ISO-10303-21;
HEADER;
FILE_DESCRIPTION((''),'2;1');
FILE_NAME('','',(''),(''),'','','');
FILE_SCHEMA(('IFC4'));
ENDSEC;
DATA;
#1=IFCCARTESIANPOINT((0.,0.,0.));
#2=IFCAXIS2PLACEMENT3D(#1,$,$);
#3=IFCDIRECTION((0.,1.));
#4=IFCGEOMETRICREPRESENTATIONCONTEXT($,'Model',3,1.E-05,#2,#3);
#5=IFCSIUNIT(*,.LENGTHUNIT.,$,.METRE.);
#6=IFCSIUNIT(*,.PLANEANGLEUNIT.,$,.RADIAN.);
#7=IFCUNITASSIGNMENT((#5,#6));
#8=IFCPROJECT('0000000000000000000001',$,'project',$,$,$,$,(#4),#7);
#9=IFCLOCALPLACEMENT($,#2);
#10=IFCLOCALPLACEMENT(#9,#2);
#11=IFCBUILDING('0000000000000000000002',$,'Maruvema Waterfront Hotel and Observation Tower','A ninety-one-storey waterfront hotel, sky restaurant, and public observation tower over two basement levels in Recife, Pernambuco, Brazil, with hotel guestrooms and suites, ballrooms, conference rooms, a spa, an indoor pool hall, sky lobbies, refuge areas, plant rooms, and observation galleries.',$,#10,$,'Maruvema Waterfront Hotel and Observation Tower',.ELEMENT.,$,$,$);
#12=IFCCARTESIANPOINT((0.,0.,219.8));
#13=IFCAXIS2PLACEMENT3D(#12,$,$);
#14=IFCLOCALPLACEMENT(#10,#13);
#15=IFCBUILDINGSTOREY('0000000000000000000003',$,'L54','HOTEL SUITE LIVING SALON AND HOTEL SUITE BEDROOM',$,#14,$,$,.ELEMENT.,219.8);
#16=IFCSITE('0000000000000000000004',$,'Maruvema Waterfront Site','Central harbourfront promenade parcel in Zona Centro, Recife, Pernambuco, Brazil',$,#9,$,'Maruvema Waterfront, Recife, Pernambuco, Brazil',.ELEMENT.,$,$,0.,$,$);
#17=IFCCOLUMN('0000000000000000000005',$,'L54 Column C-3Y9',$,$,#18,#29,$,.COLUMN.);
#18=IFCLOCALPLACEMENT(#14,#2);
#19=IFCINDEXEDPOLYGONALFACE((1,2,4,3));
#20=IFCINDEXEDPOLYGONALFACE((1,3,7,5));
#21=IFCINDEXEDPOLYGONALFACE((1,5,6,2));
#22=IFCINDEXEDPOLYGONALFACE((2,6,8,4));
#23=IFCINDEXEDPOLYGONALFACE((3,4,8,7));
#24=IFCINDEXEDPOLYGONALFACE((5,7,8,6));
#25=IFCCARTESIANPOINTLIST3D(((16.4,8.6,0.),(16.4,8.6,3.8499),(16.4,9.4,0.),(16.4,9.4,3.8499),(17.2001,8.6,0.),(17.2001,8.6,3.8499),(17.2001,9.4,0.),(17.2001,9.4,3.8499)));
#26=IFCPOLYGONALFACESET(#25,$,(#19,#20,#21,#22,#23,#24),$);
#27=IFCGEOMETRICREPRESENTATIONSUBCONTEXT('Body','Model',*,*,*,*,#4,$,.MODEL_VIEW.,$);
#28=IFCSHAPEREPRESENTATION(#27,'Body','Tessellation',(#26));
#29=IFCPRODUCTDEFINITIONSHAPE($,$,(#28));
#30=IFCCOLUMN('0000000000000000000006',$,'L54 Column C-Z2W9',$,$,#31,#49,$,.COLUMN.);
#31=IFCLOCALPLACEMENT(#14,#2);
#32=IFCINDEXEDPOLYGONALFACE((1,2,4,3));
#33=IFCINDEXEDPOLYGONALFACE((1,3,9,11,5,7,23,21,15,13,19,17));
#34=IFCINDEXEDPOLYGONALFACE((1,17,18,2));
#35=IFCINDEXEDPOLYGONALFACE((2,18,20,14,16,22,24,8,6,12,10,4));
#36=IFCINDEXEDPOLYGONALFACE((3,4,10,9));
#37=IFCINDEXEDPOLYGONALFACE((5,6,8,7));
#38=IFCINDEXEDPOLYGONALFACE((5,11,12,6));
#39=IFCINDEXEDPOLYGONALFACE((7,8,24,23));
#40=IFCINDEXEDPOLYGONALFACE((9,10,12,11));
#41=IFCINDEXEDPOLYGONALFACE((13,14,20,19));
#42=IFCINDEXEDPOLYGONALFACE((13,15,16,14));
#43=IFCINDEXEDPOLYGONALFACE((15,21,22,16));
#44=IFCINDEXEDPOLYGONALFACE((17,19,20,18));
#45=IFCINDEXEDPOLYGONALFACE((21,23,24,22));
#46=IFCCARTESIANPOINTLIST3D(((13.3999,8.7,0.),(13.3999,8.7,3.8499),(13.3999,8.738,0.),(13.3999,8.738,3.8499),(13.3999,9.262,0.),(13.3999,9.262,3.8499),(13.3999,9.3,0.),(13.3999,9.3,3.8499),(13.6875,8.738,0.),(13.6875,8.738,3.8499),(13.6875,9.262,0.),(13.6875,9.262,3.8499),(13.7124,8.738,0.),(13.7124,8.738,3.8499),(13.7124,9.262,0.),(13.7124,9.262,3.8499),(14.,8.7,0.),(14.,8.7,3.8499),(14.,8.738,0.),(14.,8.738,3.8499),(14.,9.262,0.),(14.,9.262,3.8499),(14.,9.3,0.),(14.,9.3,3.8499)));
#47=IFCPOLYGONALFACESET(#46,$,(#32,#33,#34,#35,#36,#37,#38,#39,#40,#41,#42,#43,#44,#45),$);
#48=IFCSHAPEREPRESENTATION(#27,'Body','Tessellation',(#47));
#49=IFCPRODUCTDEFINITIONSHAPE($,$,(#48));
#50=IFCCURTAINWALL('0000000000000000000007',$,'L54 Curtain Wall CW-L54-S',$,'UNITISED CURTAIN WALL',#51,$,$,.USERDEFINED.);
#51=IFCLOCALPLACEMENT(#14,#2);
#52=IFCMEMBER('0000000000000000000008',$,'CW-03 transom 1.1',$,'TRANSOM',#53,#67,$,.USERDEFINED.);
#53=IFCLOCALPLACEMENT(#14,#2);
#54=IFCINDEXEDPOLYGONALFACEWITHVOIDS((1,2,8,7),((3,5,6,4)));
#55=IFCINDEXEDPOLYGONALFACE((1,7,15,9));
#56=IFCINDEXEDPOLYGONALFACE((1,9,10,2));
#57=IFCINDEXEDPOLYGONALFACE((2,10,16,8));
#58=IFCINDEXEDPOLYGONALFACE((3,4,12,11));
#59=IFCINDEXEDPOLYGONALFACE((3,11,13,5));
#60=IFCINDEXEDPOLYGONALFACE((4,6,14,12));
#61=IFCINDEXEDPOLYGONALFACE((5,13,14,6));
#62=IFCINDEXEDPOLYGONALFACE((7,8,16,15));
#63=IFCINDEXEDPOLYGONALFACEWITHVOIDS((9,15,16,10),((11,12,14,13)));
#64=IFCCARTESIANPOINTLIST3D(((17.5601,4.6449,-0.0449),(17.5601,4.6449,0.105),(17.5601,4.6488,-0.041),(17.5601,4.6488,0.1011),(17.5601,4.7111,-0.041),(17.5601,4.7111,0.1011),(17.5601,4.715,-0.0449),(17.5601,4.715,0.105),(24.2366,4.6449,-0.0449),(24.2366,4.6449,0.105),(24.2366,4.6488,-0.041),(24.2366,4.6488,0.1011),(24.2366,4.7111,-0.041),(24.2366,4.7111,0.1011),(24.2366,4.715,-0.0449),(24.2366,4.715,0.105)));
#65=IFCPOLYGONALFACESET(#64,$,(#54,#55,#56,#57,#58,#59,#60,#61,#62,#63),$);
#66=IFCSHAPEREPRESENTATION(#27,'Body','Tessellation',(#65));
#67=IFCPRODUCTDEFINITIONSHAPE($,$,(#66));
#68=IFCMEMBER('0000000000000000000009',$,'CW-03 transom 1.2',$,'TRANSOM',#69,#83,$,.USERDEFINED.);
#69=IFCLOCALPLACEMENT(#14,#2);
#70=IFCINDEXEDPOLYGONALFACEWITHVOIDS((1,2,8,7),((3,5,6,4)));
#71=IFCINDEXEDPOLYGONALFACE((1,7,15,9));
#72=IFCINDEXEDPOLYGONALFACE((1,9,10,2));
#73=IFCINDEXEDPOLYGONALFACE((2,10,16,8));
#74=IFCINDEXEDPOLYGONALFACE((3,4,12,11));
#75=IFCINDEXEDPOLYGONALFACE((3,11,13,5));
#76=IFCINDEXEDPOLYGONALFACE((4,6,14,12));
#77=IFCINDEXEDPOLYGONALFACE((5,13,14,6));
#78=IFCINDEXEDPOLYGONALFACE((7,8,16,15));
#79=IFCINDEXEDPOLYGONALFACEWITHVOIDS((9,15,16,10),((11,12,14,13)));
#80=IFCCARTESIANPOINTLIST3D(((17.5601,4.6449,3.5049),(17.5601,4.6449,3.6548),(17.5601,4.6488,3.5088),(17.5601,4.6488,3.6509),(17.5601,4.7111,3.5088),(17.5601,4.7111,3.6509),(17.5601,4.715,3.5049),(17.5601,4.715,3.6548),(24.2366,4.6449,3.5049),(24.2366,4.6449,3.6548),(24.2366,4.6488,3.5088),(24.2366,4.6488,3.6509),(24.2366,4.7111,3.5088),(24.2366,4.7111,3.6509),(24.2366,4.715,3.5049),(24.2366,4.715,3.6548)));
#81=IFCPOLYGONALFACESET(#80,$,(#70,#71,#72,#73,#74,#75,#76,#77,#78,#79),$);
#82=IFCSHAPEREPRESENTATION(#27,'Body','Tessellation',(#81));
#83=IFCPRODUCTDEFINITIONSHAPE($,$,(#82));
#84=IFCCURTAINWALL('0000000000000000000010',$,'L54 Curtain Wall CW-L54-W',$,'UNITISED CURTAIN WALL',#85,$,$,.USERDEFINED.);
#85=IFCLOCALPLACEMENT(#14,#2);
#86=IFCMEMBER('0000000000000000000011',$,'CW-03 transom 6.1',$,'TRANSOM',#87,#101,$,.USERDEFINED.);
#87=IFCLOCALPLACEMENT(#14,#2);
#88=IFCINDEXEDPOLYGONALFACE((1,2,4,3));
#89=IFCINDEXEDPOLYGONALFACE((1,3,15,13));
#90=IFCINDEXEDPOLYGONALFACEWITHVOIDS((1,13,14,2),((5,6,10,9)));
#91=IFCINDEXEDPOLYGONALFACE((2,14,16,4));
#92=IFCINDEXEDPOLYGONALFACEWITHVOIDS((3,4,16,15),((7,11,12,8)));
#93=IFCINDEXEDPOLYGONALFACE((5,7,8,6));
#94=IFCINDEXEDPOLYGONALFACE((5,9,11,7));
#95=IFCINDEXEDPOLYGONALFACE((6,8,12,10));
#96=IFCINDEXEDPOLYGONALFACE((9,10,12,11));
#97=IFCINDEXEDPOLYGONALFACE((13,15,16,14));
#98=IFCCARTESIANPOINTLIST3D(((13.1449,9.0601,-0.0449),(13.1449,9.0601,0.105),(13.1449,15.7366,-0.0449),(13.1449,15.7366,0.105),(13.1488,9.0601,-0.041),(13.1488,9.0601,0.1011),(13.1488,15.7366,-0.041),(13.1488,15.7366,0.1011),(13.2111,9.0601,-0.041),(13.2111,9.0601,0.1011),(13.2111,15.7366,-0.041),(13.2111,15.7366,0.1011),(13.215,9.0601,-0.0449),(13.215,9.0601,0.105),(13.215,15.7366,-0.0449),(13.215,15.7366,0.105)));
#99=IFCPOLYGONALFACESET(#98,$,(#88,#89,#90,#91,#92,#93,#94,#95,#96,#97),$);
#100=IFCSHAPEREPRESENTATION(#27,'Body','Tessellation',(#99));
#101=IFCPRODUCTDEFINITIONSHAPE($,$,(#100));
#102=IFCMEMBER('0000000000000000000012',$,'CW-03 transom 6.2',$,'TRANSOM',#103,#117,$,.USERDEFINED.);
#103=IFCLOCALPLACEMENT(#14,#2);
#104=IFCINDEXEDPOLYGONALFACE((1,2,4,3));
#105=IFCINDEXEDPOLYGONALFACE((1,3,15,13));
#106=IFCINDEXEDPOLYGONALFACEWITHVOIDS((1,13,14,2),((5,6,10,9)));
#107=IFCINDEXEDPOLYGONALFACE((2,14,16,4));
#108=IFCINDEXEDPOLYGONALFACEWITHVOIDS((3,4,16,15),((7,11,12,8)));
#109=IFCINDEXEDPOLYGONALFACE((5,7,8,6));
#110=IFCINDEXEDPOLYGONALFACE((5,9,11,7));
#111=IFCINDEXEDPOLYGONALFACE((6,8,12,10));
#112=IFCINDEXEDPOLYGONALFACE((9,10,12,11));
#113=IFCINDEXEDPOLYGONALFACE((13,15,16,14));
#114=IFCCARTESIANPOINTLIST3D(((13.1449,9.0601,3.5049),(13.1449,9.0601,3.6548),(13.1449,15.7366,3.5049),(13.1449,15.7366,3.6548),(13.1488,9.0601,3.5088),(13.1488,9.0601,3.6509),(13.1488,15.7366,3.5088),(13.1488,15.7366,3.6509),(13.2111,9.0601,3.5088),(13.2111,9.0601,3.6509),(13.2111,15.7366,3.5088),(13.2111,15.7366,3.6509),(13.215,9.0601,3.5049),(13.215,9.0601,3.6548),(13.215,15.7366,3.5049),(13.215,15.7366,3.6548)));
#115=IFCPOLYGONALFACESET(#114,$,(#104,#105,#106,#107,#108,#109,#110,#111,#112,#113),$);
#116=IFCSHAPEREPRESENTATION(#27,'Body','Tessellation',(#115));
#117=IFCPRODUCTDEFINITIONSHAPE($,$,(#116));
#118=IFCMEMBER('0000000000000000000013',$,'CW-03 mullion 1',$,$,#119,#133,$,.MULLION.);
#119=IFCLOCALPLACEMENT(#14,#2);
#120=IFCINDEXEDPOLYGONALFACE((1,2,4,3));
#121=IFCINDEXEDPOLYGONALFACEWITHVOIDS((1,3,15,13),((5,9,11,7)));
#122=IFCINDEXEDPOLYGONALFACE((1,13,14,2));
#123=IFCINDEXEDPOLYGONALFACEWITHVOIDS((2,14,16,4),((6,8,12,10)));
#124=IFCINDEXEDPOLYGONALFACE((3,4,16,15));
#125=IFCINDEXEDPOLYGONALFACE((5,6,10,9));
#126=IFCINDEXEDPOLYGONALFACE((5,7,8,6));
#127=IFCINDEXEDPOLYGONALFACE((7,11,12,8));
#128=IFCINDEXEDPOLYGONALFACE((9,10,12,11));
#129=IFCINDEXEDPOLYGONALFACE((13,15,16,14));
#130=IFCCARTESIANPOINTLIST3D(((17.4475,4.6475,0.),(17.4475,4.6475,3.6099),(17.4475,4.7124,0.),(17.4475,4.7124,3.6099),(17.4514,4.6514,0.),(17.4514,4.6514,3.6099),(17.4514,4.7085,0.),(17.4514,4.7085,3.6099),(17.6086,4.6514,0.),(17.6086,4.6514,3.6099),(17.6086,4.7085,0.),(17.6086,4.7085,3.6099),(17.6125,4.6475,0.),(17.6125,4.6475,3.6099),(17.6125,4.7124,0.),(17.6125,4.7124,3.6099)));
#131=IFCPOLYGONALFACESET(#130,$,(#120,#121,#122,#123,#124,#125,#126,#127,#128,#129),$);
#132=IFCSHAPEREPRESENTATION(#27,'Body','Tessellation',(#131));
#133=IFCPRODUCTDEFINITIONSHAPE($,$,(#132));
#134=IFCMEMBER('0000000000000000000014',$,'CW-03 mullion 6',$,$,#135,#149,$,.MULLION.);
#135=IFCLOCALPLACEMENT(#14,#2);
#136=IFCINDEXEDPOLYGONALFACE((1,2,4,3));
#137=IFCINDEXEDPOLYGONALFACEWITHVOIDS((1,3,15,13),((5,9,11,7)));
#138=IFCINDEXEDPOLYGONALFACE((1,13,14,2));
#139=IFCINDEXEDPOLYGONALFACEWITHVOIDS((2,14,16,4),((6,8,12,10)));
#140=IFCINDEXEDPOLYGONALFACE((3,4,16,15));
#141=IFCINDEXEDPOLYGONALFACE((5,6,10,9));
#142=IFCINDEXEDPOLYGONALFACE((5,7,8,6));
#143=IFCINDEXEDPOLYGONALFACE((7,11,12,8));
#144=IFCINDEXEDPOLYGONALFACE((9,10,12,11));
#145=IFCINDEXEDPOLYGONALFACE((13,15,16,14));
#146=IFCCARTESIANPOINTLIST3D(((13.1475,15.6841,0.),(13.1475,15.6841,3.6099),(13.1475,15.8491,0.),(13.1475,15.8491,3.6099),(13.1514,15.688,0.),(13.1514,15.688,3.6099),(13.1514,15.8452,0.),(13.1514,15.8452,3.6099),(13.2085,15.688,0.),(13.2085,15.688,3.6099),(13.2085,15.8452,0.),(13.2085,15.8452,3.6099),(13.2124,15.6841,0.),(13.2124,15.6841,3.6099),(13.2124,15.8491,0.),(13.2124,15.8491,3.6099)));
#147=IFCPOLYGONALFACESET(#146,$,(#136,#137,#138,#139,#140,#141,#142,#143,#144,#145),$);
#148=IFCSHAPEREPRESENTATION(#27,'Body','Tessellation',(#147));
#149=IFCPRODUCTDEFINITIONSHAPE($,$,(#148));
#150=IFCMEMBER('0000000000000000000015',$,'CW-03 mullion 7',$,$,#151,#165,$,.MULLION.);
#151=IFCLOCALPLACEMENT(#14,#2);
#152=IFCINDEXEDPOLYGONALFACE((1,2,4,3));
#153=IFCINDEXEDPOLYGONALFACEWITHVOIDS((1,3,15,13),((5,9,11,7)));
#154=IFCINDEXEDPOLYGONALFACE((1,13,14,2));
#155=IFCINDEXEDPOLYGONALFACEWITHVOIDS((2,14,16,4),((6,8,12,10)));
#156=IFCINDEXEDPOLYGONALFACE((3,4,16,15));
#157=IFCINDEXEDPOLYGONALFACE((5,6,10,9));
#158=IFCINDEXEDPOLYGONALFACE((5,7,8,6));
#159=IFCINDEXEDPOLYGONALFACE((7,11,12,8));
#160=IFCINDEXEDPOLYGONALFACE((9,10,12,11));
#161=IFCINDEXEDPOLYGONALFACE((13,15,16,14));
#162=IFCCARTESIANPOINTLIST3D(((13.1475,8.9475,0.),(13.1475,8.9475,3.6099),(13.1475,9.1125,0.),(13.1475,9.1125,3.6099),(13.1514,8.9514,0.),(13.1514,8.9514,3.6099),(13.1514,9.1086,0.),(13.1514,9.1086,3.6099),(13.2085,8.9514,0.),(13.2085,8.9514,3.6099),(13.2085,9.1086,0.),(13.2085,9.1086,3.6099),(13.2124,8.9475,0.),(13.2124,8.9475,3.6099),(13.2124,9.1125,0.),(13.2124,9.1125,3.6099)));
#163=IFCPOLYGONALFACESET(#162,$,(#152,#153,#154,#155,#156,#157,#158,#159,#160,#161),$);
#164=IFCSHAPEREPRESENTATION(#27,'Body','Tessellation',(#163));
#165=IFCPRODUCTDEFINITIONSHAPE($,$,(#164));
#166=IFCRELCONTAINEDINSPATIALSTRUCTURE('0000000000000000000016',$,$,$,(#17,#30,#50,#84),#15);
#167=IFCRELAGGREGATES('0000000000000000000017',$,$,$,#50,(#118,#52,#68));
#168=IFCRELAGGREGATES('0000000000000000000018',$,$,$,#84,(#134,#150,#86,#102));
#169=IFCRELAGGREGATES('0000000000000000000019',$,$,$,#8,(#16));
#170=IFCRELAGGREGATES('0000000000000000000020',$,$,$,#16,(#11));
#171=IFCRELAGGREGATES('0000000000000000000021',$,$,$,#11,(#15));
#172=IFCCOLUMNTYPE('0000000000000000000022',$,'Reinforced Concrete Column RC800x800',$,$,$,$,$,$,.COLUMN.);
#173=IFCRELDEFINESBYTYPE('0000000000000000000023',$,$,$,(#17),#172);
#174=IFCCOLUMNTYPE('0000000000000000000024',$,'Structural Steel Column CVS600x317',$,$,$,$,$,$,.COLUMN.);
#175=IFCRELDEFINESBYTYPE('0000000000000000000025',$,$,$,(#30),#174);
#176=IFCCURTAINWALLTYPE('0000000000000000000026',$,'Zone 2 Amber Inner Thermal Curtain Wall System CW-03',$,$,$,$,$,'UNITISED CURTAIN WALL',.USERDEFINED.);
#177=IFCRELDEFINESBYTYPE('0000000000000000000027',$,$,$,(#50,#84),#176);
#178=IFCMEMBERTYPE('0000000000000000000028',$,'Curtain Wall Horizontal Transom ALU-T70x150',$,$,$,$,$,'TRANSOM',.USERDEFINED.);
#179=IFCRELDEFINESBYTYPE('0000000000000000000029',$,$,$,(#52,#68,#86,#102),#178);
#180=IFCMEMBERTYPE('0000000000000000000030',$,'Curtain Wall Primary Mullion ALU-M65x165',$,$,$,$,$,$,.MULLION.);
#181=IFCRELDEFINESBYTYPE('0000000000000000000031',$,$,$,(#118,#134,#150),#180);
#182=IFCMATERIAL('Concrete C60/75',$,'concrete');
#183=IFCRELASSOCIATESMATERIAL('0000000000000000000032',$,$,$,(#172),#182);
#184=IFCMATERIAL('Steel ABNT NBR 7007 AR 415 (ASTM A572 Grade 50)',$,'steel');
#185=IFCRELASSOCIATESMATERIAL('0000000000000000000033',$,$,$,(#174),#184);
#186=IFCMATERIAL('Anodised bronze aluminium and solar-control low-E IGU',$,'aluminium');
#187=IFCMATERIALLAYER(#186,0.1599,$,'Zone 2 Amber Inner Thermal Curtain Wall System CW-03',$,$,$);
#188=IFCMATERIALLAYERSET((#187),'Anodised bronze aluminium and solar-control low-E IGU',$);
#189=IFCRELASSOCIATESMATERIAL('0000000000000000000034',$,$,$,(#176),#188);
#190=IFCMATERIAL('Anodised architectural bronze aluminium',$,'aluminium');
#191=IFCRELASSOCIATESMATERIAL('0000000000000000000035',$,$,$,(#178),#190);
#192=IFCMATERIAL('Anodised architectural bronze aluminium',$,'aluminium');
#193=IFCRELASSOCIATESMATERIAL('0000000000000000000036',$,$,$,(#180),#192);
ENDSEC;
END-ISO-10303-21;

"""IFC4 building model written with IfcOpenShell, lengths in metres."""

from ifc_helpers import new_model, si_unit, direction, frame, origin, origin_2d, place, context, subcontext, project, spatial, rectangle, hollow_rectangle, i_section, extrude, material, layer, layer_set, material_profile, profile_set, type_object, element, aggregate, save


model = new_model("IFC4")

# Units and contexts
model_context = context("Model", 3, precision=1e-05, world=origin(), true_north=direction((0.0, 1.0)))
body_context = subcontext(model_context, "Body", "Model", "MODEL_VIEW")
ifc_project = project(units=[si_unit("LENGTHUNIT", "METRE"), si_unit("PLANEANGLEUNIT", "RADIAN")], contexts=[model_context])

# Site, building, storey
site_placement = place(None, origin())
site = spatial("IfcSite", under=ifc_project, at=site_placement, Name="Maruvema Waterfront Site", Description="Central harbourfront promenade parcel in Zona Centro, Recife, Pernambuco, Brazil", LongName="Maruvema Waterfront, Recife, Pernambuco, Brazil", CompositionType="ELEMENT", RefElevation=0.0)
building_placement = place(site_placement, origin())
building = spatial("IfcBuilding", under=site, at=building_placement, Name="Maruvema Waterfront Hotel and Observation Tower", Description="A ninety-one-storey waterfront hotel, sky restaurant, and public observation tower over two basement levels in Recife, Pernambuco, Brazil, with hotel guestrooms and suites, ballrooms, conference rooms, a spa, an indoor pool hall, sky lobbies, refuge areas, plant rooms, and observation galleries.", LongName="Maruvema Waterfront Hotel and Observation Tower", CompositionType="ELEMENT")
storey_placement = place(building_placement, frame((0.0, 0.0, 219.8)))
storey = spatial("IfcBuildingStorey", under=building, at=storey_placement, Name="L54", Description="HOTEL SUITE LIVING SALON AND HOTEL SUITE BEDROOM", CompositionType="ELEMENT", Elevation=219.8)

# Columns
ifc_material_1 = material(Name="Concrete C60/75", Category="concrete")
ifc_material_profile_1 = material_profile(ifc_material_1, rectangle(XDim=0.8, YDim=0.8, at=origin_2d()), Name="RC800x800")
ifc_profile_set_1 = profile_set([ifc_material_profile_1], Name="Concrete C60/75")
column_type_1 = type_object("IfcColumnType", Name="Reinforced Concrete Column RC800x800", PredefinedType="COLUMN", material=ifc_profile_set_1)
column_1_placement = place(storey_placement, frame((16.8, 9.0, 0.0), z_axis=(0.0, 0.0, 1.0), x_axis=(1.0, 0.0, 0.0)))
element("IfcColumn", 1, at=column_1_placement, inside=storey, type_object=column_type_1, Name="L54 Column C-3Y9", PredefinedType="COLUMN", context=body_context, shape_type="SweptSolid", body=[
    extrude(rectangle(XDim=0.8, YDim=0.8, at=origin_2d()), origin(), (0.0, 0.0, 1.0), 3.8499),
])
ifc_material_2 = material(Name="Steel ABNT NBR 7007 AR 415 (ASTM A572 Grade 50)", Category="steel")
ifc_material_profile_2 = material_profile(ifc_material_2, i_section(OverallWidth=0.6001, OverallDepth=0.6001, WebThickness=0.0249, FlangeThickness=0.0381, at=origin_2d()), Name="CVS600x317")
ifc_profile_set_2 = profile_set([ifc_material_profile_2], Name="Steel ABNT NBR 7007 AR 415 (ASTM A572 Grade 50)")
column_type_2 = type_object("IfcColumnType", Name="Structural Steel Column CVS600x317", PredefinedType="COLUMN", material=ifc_profile_set_2)
column_2_placement = place(storey_placement, frame((13.7, 9.0, 0.0), z_axis=(0.0, 0.0, 1.0), x_axis=(1.0, 0.0, 0.0)))
element("IfcColumn", 2, at=column_2_placement, inside=storey, type_object=column_type_2, Name="L54 Column C-Z2W9", PredefinedType="COLUMN", context=body_context, shape_type="SweptSolid", body=[
    extrude(i_section(OverallWidth=0.6001, OverallDepth=0.6001, WebThickness=0.0249, FlangeThickness=0.0381, at=origin_2d()), origin(), (0.0, 0.0, 1.0), 3.8499),
])

# Curtain walls, members
ifc_material_3 = material(Name="Anodised bronze aluminium and solar-control low-E IGU", Category="aluminium")
ifc_layer_1 = layer(ifc_material_3, 0.1599, Name="Zone 2 Amber Inner Thermal Curtain Wall System CW-03")
ifc_layer_set_1 = layer_set([ifc_layer_1], Name="Anodised bronze aluminium and solar-control low-E IGU")
curtain_wall_type = type_object("IfcCurtainWallType", Name="Zone 2 Amber Inner Thermal Curtain Wall System CW-03", ElementType="UNITISED CURTAIN WALL", PredefinedType="USERDEFINED", material=ifc_layer_set_1)
curtain_wall_1_placement = place(storey_placement, origin())
curtain_wall_1 = element("IfcCurtainWall", 3, at=curtain_wall_1_placement, inside=storey, type_object=curtain_wall_type, Name="L54 Curtain Wall CW-L54-S", ObjectType="UNITISED CURTAIN WALL", PredefinedType="USERDEFINED")
ifc_material_4 = material(Name="Anodised architectural bronze aluminium", Category="aluminium")
ifc_material_profile_3 = material_profile(ifc_material_4, hollow_rectangle(XDim=0.0701, YDim=0.1499, WallThickness=0.0039, at=origin_2d()), Name="ALU-T70x150")
ifc_profile_set_3 = profile_set([ifc_material_profile_3], Name="Anodised architectural bronze aluminium")
member_type_1 = type_object("IfcMemberType", Name="Curtain Wall Horizontal Transom ALU-T70x150", ElementType="TRANSOM", PredefinedType="USERDEFINED", material=ifc_profile_set_3)
member_1_placement = place(storey_placement, frame((17.5601, 4.6799, 0.03), z_axis=(1.0, 0.0, 0.0), x_axis=(0.0, 1.0, 0.0)))
member_1 = element("IfcMember", 4, at=member_1_placement, type_object=member_type_1, Name="CW-03 transom 1.1", ObjectType="TRANSOM", PredefinedType="USERDEFINED", context=body_context, shape_type="SweptSolid", body=[
    extrude(hollow_rectangle(XDim=0.0701, YDim=0.1499, WallThickness=0.0039, at=origin_2d()), origin(), (0.0, 0.0, 1.0), 6.6765),
])
member_2_placement = place(storey_placement, frame((17.5601, 4.6799, 3.5798), z_axis=(1.0, 0.0, 0.0), x_axis=(0.0, 1.0, 0.0)))
member_2 = element("IfcMember", 5, at=member_2_placement, type_object=member_type_1, Name="CW-03 transom 1.2", ObjectType="TRANSOM", PredefinedType="USERDEFINED", context=body_context, shape_type="SweptSolid", body=[
    extrude(hollow_rectangle(XDim=0.0701, YDim=0.1499, WallThickness=0.0039, at=origin_2d()), origin(), (0.0, 0.0, 1.0), 6.6765),
])
curtain_wall_2_placement = place(storey_placement, origin())
curtain_wall_2 = element("IfcCurtainWall", 6, at=curtain_wall_2_placement, inside=storey, type_object=curtain_wall_type, Name="L54 Curtain Wall CW-L54-W", ObjectType="UNITISED CURTAIN WALL", PredefinedType="USERDEFINED")
member_3_placement = place(storey_placement, frame((13.1799, 15.7366, 0.03), z_axis=(0.0, -1.0, 0.0), x_axis=(1.0, 0.0, 0.0)))
member_3 = element("IfcMember", 7, at=member_3_placement, type_object=member_type_1, Name="CW-03 transom 6.1", ObjectType="TRANSOM", PredefinedType="USERDEFINED", context=body_context, shape_type="SweptSolid", body=[
    extrude(hollow_rectangle(XDim=0.0701, YDim=0.1499, WallThickness=0.0039, at=origin_2d()), origin(), (0.0, 0.0, 1.0), 6.6765),
])
member_4_placement = place(storey_placement, frame((13.1799, 15.7366, 3.5798), z_axis=(0.0, -1.0, 0.0), x_axis=(1.0, 0.0, 0.0)))
member_4 = element("IfcMember", 8, at=member_4_placement, type_object=member_type_1, Name="CW-03 transom 6.2", ObjectType="TRANSOM", PredefinedType="USERDEFINED", context=body_context, shape_type="SweptSolid", body=[
    extrude(hollow_rectangle(XDim=0.0701, YDim=0.1499, WallThickness=0.0039, at=origin_2d()), origin(), (0.0, 0.0, 1.0), 6.6765),
])

# Members
ifc_material_5 = material(Name="Anodised architectural bronze aluminium", Category="aluminium")
ifc_material_profile_4 = material_profile(ifc_material_5, hollow_rectangle(XDim=0.0649, YDim=0.165, WallThickness=0.0039, at=origin_2d()), Name="ALU-M65x165")
ifc_profile_set_4 = profile_set([ifc_material_profile_4], Name="Anodised architectural bronze aluminium")
member_type_2 = type_object("IfcMemberType", Name="Curtain Wall Primary Mullion ALU-M65x165", PredefinedType="MULLION", material=ifc_profile_set_4)
member_5_placement = place(storey_placement, frame((17.53, 4.6799, 0.0), z_axis=(0.0, 0.0, 1.0), x_axis=(0.0, 1.0, 0.0)))
member_5 = element("IfcMember", 9, at=member_5_placement, type_object=member_type_2, Name="CW-03 mullion 1", PredefinedType="MULLION", context=body_context, shape_type="SweptSolid", body=[
    extrude(hollow_rectangle(XDim=0.0649, YDim=0.165, WallThickness=0.0039, at=origin_2d()), origin(), (0.0, 0.0, 1.0), 3.6099),
])
aggregate(curtain_wall_1, [member_5, member_1, member_2])
member_6_placement = place(storey_placement, frame((13.1799, 15.7666, 0.0), z_axis=(0.0, 0.0, 1.0), x_axis=(1.0, 0.0, 0.0)))
member_6 = element("IfcMember", 10, at=member_6_placement, type_object=member_type_2, Name="CW-03 mullion 6", PredefinedType="MULLION", context=body_context, shape_type="SweptSolid", body=[
    extrude(hollow_rectangle(XDim=0.0649, YDim=0.165, WallThickness=0.0039, at=origin_2d()), origin(), (0.0, 0.0, 1.0), 3.6099),
])
member_7_placement = place(storey_placement, frame((13.1799, 9.03, 0.0), z_axis=(0.0, 0.0, 1.0), x_axis=(1.0, 0.0, 0.0)))
member_7 = element("IfcMember", 11, at=member_7_placement, type_object=member_type_2, Name="CW-03 mullion 7", PredefinedType="MULLION", context=body_context, shape_type="SweptSolid", body=[
    extrude(hollow_rectangle(XDim=0.0649, YDim=0.165, WallThickness=0.0039, at=origin_2d()), origin(), (0.0, 0.0, 1.0), 3.6099),
])

aggregate(curtain_wall_2, [member_6, member_7, member_3, member_4])

save(model, "model.ifc")
